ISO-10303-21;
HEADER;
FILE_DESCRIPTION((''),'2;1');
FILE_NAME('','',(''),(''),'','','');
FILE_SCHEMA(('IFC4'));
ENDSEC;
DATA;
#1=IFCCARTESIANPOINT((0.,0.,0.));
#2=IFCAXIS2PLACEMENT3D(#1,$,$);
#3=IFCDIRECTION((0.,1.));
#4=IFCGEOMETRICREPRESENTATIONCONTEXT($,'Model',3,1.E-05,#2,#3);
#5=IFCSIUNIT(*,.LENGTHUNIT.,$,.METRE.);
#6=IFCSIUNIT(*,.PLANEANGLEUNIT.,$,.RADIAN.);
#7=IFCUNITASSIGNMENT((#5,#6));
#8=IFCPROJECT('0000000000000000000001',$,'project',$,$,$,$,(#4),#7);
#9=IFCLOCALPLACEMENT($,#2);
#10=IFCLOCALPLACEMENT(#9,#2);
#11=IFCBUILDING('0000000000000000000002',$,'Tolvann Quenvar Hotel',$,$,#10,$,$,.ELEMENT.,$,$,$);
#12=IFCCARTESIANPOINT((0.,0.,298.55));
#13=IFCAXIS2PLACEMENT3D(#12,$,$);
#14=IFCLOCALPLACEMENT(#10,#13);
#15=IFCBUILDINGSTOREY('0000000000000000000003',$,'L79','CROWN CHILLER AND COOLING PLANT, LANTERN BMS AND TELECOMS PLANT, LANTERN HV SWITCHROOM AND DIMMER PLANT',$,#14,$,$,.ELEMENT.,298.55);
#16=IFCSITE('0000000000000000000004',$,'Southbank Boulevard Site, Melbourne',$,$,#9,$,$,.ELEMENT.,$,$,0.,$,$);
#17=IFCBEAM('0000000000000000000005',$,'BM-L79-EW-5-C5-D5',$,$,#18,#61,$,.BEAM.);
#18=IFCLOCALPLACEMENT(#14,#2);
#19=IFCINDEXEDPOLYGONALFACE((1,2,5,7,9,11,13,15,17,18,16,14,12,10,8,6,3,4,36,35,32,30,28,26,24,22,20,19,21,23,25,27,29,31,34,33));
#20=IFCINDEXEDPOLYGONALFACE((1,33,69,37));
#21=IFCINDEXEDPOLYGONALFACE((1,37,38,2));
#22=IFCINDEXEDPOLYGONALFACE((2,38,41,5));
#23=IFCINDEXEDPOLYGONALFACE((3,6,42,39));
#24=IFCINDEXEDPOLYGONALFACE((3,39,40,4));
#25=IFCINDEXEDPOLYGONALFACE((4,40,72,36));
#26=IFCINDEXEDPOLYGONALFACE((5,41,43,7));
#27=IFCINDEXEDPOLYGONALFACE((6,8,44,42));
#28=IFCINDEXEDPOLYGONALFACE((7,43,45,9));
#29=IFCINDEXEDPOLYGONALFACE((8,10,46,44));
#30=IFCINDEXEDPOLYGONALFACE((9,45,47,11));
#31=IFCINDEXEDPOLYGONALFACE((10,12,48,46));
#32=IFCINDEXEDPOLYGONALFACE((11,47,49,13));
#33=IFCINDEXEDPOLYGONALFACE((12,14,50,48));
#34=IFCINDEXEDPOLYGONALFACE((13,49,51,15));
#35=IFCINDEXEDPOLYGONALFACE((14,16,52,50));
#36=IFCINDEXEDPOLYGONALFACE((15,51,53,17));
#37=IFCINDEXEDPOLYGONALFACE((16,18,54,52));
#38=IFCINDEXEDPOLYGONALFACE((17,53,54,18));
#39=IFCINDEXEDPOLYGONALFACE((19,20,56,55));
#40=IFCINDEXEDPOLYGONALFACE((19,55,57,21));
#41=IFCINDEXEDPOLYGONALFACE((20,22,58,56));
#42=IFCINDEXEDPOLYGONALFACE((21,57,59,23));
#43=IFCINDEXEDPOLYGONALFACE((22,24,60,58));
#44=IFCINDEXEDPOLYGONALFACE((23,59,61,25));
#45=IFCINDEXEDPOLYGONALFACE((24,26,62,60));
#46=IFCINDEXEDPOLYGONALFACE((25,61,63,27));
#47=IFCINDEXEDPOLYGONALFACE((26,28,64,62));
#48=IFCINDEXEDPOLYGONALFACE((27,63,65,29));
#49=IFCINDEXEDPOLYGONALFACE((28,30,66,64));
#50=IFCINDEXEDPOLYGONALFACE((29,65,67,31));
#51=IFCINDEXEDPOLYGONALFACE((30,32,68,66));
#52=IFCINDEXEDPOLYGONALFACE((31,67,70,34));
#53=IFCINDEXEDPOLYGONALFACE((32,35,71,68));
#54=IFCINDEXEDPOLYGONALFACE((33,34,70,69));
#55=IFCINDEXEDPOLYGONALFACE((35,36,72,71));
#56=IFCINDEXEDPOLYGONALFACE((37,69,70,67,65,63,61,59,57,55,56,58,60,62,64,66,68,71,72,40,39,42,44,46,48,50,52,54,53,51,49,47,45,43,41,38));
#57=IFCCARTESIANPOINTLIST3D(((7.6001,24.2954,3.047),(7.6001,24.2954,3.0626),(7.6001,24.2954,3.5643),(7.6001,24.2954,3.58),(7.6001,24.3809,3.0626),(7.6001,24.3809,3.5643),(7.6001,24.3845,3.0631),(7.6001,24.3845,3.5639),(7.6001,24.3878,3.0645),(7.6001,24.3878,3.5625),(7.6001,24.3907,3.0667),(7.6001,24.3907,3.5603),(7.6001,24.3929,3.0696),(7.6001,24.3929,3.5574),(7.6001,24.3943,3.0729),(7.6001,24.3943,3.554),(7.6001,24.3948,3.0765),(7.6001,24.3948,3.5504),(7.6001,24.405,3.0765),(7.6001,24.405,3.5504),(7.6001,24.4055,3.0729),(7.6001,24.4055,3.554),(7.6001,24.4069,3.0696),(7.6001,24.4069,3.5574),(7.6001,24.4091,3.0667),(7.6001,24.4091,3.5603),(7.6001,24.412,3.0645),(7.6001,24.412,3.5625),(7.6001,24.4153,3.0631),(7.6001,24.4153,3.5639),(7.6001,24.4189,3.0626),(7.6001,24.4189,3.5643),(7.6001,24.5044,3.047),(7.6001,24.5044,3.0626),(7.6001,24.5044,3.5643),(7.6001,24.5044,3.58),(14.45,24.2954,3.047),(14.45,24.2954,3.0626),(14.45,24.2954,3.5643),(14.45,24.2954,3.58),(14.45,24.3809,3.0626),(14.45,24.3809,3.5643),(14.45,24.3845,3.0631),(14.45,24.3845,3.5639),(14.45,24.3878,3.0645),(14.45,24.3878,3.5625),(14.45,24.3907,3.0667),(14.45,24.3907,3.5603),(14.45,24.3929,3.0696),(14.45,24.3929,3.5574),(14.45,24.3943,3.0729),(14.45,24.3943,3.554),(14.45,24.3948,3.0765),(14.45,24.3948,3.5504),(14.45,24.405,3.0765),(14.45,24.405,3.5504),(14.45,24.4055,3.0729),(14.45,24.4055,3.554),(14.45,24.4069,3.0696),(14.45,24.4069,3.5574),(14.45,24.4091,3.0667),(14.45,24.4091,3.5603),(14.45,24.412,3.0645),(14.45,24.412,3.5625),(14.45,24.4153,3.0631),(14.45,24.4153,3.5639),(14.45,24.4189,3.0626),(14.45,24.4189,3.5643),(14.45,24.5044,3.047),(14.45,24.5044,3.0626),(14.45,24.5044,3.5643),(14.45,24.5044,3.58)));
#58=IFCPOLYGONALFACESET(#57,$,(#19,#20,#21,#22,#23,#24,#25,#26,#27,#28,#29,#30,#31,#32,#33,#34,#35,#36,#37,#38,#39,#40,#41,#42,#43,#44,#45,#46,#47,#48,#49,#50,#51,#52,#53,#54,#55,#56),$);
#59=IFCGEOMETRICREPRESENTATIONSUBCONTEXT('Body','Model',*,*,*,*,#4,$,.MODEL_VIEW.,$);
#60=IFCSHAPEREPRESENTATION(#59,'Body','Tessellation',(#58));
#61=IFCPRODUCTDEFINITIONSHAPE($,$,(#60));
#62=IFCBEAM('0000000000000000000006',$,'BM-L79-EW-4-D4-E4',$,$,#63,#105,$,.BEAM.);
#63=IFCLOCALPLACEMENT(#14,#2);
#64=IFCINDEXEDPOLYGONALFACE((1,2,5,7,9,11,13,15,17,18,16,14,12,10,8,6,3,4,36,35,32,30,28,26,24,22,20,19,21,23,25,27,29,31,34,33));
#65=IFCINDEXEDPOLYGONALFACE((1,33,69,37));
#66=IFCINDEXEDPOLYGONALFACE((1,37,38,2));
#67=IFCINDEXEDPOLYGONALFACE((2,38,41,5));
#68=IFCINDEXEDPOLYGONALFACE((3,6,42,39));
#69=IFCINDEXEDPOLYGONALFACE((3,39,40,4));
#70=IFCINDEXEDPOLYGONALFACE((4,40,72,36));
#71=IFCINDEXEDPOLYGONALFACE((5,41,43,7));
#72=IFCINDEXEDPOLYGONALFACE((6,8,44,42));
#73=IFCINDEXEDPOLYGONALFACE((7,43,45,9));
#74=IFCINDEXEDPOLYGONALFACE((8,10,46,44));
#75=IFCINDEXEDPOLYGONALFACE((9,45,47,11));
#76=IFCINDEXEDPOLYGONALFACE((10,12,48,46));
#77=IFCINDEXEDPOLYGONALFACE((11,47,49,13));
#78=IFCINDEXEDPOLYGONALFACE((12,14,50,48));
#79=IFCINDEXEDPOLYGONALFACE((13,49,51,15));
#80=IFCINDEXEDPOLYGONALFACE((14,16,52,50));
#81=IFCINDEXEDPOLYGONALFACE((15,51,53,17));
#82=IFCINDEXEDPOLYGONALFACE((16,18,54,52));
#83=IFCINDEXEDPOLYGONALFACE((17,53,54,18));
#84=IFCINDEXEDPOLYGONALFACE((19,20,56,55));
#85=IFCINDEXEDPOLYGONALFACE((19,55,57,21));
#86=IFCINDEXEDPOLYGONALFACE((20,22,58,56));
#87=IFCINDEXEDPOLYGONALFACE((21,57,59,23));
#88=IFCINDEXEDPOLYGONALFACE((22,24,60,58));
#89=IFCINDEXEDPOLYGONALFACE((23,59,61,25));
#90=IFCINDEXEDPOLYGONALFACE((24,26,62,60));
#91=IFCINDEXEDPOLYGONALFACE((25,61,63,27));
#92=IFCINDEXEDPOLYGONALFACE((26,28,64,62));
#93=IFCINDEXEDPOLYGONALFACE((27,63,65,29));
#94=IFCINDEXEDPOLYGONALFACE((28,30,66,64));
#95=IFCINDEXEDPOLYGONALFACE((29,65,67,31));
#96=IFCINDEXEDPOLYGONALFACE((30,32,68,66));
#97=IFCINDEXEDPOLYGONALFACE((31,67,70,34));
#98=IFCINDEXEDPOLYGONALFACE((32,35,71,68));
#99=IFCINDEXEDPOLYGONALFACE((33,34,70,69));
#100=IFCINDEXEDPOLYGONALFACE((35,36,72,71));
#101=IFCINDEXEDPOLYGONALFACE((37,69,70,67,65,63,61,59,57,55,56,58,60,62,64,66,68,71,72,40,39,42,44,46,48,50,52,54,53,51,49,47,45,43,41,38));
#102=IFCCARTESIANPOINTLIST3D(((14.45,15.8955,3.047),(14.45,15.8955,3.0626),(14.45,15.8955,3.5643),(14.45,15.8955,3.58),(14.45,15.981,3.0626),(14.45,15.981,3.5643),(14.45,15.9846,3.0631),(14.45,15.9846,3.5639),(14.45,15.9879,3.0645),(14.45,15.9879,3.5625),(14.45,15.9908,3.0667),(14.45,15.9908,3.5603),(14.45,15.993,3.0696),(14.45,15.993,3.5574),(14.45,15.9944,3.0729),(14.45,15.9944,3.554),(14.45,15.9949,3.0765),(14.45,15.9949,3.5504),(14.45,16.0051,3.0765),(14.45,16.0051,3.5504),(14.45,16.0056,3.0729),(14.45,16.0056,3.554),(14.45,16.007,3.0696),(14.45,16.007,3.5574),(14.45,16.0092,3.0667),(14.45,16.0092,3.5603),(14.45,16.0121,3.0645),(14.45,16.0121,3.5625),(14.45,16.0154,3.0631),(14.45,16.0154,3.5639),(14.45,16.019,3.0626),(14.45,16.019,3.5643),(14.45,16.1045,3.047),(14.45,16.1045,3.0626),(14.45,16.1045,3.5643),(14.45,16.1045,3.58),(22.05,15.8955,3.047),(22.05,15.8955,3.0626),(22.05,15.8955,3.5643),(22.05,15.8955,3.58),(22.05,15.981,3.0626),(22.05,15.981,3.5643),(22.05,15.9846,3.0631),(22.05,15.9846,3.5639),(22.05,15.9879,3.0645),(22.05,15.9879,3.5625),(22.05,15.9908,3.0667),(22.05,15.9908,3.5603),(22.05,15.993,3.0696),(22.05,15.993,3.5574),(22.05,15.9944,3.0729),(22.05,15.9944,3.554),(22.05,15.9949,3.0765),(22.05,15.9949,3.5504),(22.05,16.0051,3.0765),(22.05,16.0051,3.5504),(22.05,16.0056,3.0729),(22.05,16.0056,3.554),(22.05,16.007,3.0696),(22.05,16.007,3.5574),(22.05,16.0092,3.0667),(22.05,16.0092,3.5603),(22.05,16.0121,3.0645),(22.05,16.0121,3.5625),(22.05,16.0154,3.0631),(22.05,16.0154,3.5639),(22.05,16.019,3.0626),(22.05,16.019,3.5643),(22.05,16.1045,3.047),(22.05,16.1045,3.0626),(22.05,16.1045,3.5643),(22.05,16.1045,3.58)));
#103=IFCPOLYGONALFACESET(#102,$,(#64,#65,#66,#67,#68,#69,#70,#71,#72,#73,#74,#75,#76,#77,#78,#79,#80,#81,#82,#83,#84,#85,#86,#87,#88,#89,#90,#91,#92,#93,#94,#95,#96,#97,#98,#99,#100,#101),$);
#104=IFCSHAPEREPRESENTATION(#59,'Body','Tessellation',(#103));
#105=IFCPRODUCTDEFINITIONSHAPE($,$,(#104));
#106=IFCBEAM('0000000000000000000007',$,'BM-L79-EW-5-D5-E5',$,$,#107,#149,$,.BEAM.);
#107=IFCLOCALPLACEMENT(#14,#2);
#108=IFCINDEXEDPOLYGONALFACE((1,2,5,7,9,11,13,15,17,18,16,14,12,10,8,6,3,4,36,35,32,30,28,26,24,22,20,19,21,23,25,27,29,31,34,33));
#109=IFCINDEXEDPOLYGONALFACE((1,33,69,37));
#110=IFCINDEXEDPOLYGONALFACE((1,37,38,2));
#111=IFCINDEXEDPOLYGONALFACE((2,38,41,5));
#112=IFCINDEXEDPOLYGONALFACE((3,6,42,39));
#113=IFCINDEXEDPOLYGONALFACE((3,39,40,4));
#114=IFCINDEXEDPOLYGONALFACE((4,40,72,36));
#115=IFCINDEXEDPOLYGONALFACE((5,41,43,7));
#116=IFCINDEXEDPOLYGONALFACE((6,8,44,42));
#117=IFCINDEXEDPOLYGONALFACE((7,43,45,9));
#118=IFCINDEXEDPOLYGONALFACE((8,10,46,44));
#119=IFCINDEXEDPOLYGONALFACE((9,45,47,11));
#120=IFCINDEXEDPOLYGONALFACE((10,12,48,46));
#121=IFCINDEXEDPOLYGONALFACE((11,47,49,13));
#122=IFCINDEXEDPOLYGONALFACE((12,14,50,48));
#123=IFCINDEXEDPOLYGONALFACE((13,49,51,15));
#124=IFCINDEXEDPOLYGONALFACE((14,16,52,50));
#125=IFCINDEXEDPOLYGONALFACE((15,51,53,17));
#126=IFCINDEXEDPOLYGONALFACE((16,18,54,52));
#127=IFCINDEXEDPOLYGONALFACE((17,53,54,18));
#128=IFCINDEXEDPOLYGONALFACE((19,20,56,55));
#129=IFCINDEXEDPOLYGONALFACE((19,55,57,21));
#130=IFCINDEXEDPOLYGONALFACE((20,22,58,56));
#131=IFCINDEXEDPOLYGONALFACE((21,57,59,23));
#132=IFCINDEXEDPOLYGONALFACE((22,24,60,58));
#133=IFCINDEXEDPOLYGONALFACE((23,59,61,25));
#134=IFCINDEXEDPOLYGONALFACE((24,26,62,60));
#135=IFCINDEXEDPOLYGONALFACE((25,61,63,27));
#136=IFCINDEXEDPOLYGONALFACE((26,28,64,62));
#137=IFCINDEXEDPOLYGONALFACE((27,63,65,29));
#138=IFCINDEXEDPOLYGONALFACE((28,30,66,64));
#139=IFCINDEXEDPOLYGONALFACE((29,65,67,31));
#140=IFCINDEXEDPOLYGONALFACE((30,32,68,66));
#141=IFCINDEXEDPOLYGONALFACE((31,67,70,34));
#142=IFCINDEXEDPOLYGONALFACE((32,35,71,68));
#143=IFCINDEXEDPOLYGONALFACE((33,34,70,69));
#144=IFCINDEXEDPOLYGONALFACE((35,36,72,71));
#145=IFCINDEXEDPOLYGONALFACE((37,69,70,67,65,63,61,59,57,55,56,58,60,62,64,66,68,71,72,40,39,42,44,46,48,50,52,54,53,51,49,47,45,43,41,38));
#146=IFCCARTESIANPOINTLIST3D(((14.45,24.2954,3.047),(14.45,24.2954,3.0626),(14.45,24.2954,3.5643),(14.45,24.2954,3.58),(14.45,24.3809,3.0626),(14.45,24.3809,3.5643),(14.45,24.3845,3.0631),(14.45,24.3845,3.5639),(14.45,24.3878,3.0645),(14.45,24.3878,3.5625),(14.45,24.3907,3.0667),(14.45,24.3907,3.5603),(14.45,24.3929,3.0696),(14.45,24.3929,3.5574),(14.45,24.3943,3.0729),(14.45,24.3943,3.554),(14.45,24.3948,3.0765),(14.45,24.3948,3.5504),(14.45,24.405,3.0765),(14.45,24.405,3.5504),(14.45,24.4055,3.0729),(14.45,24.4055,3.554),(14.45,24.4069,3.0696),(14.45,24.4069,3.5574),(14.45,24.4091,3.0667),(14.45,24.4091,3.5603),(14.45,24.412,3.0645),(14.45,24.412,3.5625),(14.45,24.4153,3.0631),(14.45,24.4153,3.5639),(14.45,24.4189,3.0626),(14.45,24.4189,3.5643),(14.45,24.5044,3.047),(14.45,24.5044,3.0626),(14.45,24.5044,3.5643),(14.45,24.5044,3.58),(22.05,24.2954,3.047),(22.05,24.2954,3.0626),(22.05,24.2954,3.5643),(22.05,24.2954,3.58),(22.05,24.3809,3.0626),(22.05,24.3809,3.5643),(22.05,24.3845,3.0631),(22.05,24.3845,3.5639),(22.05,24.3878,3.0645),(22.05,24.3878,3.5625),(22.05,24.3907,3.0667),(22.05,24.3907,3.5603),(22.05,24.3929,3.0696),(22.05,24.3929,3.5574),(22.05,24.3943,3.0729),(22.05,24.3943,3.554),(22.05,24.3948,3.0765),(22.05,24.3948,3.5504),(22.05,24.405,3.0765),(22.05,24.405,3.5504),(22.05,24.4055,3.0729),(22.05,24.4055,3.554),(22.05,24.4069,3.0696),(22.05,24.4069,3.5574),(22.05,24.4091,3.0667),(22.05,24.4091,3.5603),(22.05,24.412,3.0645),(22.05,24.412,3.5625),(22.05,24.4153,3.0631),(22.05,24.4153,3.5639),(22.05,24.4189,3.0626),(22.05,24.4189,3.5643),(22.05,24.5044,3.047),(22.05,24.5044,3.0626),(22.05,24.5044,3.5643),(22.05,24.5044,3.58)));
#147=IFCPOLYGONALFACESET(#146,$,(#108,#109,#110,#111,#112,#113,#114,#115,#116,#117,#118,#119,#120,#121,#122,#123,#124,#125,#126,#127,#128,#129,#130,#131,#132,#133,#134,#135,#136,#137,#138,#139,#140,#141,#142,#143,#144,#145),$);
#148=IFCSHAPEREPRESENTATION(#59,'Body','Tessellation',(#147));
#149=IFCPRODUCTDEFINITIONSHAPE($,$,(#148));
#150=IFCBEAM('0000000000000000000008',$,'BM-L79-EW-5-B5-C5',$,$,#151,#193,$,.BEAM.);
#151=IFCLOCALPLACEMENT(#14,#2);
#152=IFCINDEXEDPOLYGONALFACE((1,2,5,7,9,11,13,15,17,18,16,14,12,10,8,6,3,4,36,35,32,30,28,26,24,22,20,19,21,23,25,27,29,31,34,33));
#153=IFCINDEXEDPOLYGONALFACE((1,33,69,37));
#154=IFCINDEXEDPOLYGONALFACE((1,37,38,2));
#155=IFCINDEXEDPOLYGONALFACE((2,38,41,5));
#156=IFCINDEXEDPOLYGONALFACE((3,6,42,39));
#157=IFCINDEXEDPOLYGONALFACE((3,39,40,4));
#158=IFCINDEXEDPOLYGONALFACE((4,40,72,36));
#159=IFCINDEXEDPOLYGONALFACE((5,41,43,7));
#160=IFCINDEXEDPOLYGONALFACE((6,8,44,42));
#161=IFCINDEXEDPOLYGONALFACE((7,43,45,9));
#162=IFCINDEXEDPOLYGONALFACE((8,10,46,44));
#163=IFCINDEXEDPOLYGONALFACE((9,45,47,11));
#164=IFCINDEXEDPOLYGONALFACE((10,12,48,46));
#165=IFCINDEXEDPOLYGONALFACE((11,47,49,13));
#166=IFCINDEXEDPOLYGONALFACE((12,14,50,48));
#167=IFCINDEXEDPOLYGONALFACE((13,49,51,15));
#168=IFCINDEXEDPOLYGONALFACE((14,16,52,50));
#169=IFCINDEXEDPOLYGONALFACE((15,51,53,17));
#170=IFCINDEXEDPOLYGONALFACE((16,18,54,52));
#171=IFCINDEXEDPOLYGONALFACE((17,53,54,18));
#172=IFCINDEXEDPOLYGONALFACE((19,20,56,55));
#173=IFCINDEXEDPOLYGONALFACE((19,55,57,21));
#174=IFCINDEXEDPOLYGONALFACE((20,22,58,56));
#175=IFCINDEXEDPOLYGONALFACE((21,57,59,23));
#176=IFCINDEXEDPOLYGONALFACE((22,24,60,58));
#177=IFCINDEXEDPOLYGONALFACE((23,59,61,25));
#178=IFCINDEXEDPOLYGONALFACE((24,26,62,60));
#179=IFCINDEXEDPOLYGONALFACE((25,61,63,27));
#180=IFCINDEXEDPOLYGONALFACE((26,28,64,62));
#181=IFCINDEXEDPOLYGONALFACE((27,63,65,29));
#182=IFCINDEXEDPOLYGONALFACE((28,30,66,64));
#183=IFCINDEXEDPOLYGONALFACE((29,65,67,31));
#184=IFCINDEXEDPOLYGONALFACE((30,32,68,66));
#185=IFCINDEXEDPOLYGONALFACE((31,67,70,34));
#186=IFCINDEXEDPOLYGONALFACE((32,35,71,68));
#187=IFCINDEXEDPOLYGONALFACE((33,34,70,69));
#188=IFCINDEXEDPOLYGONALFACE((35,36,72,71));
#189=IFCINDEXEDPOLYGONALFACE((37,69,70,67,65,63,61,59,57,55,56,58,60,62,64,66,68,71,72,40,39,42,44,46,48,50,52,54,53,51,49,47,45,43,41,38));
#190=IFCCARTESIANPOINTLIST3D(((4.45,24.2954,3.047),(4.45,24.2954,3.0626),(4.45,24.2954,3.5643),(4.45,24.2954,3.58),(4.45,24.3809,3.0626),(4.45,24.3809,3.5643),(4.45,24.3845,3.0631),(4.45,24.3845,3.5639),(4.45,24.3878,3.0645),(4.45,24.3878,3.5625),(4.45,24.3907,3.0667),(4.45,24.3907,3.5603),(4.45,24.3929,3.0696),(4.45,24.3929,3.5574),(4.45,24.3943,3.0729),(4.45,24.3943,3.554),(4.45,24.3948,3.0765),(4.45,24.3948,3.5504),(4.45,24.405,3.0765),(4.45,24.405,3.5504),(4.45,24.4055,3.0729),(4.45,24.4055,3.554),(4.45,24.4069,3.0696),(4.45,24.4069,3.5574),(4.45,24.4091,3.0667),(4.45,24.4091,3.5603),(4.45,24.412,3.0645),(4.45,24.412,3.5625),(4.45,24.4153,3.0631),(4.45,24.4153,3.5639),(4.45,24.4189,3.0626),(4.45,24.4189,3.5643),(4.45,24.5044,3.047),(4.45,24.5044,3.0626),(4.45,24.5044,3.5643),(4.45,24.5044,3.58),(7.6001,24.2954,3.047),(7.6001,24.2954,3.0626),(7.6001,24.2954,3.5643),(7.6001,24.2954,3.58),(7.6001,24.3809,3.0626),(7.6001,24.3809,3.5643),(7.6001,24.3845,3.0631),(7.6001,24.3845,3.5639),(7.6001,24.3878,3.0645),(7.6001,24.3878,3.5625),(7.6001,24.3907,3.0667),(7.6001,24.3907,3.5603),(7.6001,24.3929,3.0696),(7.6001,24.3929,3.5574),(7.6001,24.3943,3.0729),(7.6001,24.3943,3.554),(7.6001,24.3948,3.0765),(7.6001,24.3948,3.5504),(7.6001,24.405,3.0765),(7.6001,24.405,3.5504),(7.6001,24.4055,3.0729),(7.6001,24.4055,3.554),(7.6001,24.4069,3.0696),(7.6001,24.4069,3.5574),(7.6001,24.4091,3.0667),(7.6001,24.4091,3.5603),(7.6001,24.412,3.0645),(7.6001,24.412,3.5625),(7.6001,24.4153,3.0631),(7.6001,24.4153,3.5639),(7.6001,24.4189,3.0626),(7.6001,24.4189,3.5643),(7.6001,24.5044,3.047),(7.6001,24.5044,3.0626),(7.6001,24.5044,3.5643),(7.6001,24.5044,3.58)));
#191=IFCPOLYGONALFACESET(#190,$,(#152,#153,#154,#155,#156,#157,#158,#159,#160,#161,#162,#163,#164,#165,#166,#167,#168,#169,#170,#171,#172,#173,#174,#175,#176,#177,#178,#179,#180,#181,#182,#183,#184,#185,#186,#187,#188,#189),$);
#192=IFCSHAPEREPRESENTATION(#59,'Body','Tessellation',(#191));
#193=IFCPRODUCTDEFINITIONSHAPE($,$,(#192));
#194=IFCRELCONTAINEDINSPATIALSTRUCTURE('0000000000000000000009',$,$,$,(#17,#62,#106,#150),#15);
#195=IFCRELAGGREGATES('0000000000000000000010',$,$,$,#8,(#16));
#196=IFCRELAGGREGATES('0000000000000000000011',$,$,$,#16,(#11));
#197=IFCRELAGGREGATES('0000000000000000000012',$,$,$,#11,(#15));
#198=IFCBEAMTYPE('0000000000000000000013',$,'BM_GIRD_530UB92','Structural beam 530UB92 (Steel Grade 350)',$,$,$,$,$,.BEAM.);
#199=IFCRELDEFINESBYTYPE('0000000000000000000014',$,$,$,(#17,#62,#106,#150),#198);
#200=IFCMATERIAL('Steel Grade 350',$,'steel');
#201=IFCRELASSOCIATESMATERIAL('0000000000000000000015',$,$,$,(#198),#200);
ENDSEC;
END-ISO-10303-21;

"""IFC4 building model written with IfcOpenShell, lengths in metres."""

from ifc_helpers import new_model, si_unit, direction, frame, origin, origin_2d, place, context, subcontext, project, spatial, i_section, extrude, source, transform, mapped, material, material_profile, profile_set, type_object, element, save


model = new_model("IFC4")

# Units and contexts
model_context = context("Model", 3, precision=1e-05, world=origin(), true_north=direction((0.0, 1.0)))
body_context = subcontext(model_context, "Body", "Model", "MODEL_VIEW")
ifc_project = project(units=[si_unit("LENGTHUNIT", "METRE"), si_unit("PLANEANGLEUNIT", "RADIAN")], contexts=[model_context])

# Site, building, storey
site_placement = place(None, origin())
site = spatial("IfcSite", under=ifc_project, at=site_placement, Name="Southbank Boulevard Site, Melbourne", CompositionType="ELEMENT", RefElevation=0.0)
building_placement = place(site_placement, origin())
building = spatial("IfcBuilding", under=site, at=building_placement, Name="Tolvann Quenvar Hotel", CompositionType="ELEMENT")
storey_placement = place(building_placement, frame((0.0, 0.0, 298.55)))
storey = spatial("IfcBuildingStorey", under=building, at=storey_placement, Name="L79", Description="CROWN CHILLER AND COOLING PLANT, LANTERN BMS AND TELECOMS PLANT, LANTERN HV SWITCHROOM AND DIMMER PLANT", CompositionType="ELEMENT", Elevation=298.55)

# Shared definitions
ifc_material_1 = material(Name="Steel Grade 350", Category="steel")

# Beams
ifc_material_profile_1 = material_profile(ifc_material_1, i_section(OverallWidth=0.209, OverallDepth=0.533, WebThickness=0.0103, FlangeThickness=0.0156, FilletRadius=0.0139, at=origin_2d()), Name="530UB92")
ifc_profile_set_1 = profile_set([ifc_material_profile_1], Name="Steel Grade 350")
beam_type_1 = type_object("IfcBeamType", Name="BM_GIRD_530UB92", Description="Structural beam 530UB92 (Steel Grade 350)", PredefinedType="BEAM", material=ifc_profile_set_1)
shared_shape_1 = source(origin(), body_context, "Body", "SweptSolid", [
    extrude(i_section(OverallWidth=0.209, OverallDepth=0.533, WebThickness=0.0103, FlangeThickness=0.0156, FilletRadius=0.0139, at=origin_2d()), origin(), (0.0, 0.0, 1.0), 6.8499),
])
for number, where, z_axis, x_axis, name in (
    (1, (7.6001, 24.3999, 3.3135), (1.0, 0.0, 0.0), (0.0, 1.0, 0.0), "BM-L79-EW-5-C5-D5"),
):
    element("IfcBeam", number, at=place(storey_placement, frame(where, z_axis=z_axis, x_axis=x_axis)), inside=storey, type_object=beam_type_1, Name=name, PredefinedType="BEAM", context=body_context, shape_type="MappedRepresentation", body=[
        mapped(shared_shape_1, transform((0.0, 0.0, 0.0), x_axis=(1.0, 0.0, 0.0), y_axis=(0.0, 1.0, 0.0), z_axis=(0.0, 0.0, 1.0), scale=1.0)),
    ])
shared_shape_2 = source(origin(), body_context, "Body", "SweptSolid", [
    extrude(i_section(OverallWidth=0.209, OverallDepth=0.533, WebThickness=0.0103, FlangeThickness=0.0156, FilletRadius=0.0139, at=origin_2d()), origin(), (0.0, 0.0, 1.0), 7.6001),
])
for number, where, z_axis, x_axis, name in (
    (2, (14.45, 16.0, 3.3135), (1.0, 0.0, 0.0), (0.0, 1.0, 0.0), "BM-L79-EW-4-D4-E4"),
    (3, (14.45, 24.3999, 3.3135), (1.0, 0.0, 0.0), (0.0, 1.0, 0.0), "BM-L79-EW-5-D5-E5"),
):
    element("IfcBeam", number, at=place(storey_placement, frame(where, z_axis=z_axis, x_axis=x_axis)), inside=storey, type_object=beam_type_1, Name=name, PredefinedType="BEAM", context=body_context, shape_type="MappedRepresentation", body=[
        mapped(shared_shape_2, transform((0.0, 0.0, 0.0), x_axis=(1.0, 0.0, 0.0), y_axis=(0.0, 1.0, 0.0), z_axis=(0.0, 0.0, 1.0), scale=1.0)),
    ])
shared_shape_3 = source(origin(), body_context, "Body", "SweptSolid", [
    extrude(i_section(OverallWidth=0.209, OverallDepth=0.533, WebThickness=0.0103, FlangeThickness=0.0156, FilletRadius=0.0139, at=origin_2d()), origin(), (0.0, 0.0, 1.0), 3.1501),
])
beam_1_placement = place(storey_placement, frame((4.45, 24.3999, 3.3135), z_axis=(1.0, 0.0, 0.0), x_axis=(0.0, 1.0, 0.0)))
element("IfcBeam", 4, at=beam_1_placement, inside=storey, type_object=beam_type_1, Name="BM-L79-EW-5-B5-C5", PredefinedType="BEAM", context=body_context, shape_type="MappedRepresentation", body=[
    mapped(shared_shape_3, transform((0.0, 0.0, 0.0), x_axis=(1.0, 0.0, 0.0), y_axis=(0.0, 1.0, 0.0), z_axis=(0.0, 0.0, 1.0), scale=1.0)),
])

save(model, "model.ifc")
